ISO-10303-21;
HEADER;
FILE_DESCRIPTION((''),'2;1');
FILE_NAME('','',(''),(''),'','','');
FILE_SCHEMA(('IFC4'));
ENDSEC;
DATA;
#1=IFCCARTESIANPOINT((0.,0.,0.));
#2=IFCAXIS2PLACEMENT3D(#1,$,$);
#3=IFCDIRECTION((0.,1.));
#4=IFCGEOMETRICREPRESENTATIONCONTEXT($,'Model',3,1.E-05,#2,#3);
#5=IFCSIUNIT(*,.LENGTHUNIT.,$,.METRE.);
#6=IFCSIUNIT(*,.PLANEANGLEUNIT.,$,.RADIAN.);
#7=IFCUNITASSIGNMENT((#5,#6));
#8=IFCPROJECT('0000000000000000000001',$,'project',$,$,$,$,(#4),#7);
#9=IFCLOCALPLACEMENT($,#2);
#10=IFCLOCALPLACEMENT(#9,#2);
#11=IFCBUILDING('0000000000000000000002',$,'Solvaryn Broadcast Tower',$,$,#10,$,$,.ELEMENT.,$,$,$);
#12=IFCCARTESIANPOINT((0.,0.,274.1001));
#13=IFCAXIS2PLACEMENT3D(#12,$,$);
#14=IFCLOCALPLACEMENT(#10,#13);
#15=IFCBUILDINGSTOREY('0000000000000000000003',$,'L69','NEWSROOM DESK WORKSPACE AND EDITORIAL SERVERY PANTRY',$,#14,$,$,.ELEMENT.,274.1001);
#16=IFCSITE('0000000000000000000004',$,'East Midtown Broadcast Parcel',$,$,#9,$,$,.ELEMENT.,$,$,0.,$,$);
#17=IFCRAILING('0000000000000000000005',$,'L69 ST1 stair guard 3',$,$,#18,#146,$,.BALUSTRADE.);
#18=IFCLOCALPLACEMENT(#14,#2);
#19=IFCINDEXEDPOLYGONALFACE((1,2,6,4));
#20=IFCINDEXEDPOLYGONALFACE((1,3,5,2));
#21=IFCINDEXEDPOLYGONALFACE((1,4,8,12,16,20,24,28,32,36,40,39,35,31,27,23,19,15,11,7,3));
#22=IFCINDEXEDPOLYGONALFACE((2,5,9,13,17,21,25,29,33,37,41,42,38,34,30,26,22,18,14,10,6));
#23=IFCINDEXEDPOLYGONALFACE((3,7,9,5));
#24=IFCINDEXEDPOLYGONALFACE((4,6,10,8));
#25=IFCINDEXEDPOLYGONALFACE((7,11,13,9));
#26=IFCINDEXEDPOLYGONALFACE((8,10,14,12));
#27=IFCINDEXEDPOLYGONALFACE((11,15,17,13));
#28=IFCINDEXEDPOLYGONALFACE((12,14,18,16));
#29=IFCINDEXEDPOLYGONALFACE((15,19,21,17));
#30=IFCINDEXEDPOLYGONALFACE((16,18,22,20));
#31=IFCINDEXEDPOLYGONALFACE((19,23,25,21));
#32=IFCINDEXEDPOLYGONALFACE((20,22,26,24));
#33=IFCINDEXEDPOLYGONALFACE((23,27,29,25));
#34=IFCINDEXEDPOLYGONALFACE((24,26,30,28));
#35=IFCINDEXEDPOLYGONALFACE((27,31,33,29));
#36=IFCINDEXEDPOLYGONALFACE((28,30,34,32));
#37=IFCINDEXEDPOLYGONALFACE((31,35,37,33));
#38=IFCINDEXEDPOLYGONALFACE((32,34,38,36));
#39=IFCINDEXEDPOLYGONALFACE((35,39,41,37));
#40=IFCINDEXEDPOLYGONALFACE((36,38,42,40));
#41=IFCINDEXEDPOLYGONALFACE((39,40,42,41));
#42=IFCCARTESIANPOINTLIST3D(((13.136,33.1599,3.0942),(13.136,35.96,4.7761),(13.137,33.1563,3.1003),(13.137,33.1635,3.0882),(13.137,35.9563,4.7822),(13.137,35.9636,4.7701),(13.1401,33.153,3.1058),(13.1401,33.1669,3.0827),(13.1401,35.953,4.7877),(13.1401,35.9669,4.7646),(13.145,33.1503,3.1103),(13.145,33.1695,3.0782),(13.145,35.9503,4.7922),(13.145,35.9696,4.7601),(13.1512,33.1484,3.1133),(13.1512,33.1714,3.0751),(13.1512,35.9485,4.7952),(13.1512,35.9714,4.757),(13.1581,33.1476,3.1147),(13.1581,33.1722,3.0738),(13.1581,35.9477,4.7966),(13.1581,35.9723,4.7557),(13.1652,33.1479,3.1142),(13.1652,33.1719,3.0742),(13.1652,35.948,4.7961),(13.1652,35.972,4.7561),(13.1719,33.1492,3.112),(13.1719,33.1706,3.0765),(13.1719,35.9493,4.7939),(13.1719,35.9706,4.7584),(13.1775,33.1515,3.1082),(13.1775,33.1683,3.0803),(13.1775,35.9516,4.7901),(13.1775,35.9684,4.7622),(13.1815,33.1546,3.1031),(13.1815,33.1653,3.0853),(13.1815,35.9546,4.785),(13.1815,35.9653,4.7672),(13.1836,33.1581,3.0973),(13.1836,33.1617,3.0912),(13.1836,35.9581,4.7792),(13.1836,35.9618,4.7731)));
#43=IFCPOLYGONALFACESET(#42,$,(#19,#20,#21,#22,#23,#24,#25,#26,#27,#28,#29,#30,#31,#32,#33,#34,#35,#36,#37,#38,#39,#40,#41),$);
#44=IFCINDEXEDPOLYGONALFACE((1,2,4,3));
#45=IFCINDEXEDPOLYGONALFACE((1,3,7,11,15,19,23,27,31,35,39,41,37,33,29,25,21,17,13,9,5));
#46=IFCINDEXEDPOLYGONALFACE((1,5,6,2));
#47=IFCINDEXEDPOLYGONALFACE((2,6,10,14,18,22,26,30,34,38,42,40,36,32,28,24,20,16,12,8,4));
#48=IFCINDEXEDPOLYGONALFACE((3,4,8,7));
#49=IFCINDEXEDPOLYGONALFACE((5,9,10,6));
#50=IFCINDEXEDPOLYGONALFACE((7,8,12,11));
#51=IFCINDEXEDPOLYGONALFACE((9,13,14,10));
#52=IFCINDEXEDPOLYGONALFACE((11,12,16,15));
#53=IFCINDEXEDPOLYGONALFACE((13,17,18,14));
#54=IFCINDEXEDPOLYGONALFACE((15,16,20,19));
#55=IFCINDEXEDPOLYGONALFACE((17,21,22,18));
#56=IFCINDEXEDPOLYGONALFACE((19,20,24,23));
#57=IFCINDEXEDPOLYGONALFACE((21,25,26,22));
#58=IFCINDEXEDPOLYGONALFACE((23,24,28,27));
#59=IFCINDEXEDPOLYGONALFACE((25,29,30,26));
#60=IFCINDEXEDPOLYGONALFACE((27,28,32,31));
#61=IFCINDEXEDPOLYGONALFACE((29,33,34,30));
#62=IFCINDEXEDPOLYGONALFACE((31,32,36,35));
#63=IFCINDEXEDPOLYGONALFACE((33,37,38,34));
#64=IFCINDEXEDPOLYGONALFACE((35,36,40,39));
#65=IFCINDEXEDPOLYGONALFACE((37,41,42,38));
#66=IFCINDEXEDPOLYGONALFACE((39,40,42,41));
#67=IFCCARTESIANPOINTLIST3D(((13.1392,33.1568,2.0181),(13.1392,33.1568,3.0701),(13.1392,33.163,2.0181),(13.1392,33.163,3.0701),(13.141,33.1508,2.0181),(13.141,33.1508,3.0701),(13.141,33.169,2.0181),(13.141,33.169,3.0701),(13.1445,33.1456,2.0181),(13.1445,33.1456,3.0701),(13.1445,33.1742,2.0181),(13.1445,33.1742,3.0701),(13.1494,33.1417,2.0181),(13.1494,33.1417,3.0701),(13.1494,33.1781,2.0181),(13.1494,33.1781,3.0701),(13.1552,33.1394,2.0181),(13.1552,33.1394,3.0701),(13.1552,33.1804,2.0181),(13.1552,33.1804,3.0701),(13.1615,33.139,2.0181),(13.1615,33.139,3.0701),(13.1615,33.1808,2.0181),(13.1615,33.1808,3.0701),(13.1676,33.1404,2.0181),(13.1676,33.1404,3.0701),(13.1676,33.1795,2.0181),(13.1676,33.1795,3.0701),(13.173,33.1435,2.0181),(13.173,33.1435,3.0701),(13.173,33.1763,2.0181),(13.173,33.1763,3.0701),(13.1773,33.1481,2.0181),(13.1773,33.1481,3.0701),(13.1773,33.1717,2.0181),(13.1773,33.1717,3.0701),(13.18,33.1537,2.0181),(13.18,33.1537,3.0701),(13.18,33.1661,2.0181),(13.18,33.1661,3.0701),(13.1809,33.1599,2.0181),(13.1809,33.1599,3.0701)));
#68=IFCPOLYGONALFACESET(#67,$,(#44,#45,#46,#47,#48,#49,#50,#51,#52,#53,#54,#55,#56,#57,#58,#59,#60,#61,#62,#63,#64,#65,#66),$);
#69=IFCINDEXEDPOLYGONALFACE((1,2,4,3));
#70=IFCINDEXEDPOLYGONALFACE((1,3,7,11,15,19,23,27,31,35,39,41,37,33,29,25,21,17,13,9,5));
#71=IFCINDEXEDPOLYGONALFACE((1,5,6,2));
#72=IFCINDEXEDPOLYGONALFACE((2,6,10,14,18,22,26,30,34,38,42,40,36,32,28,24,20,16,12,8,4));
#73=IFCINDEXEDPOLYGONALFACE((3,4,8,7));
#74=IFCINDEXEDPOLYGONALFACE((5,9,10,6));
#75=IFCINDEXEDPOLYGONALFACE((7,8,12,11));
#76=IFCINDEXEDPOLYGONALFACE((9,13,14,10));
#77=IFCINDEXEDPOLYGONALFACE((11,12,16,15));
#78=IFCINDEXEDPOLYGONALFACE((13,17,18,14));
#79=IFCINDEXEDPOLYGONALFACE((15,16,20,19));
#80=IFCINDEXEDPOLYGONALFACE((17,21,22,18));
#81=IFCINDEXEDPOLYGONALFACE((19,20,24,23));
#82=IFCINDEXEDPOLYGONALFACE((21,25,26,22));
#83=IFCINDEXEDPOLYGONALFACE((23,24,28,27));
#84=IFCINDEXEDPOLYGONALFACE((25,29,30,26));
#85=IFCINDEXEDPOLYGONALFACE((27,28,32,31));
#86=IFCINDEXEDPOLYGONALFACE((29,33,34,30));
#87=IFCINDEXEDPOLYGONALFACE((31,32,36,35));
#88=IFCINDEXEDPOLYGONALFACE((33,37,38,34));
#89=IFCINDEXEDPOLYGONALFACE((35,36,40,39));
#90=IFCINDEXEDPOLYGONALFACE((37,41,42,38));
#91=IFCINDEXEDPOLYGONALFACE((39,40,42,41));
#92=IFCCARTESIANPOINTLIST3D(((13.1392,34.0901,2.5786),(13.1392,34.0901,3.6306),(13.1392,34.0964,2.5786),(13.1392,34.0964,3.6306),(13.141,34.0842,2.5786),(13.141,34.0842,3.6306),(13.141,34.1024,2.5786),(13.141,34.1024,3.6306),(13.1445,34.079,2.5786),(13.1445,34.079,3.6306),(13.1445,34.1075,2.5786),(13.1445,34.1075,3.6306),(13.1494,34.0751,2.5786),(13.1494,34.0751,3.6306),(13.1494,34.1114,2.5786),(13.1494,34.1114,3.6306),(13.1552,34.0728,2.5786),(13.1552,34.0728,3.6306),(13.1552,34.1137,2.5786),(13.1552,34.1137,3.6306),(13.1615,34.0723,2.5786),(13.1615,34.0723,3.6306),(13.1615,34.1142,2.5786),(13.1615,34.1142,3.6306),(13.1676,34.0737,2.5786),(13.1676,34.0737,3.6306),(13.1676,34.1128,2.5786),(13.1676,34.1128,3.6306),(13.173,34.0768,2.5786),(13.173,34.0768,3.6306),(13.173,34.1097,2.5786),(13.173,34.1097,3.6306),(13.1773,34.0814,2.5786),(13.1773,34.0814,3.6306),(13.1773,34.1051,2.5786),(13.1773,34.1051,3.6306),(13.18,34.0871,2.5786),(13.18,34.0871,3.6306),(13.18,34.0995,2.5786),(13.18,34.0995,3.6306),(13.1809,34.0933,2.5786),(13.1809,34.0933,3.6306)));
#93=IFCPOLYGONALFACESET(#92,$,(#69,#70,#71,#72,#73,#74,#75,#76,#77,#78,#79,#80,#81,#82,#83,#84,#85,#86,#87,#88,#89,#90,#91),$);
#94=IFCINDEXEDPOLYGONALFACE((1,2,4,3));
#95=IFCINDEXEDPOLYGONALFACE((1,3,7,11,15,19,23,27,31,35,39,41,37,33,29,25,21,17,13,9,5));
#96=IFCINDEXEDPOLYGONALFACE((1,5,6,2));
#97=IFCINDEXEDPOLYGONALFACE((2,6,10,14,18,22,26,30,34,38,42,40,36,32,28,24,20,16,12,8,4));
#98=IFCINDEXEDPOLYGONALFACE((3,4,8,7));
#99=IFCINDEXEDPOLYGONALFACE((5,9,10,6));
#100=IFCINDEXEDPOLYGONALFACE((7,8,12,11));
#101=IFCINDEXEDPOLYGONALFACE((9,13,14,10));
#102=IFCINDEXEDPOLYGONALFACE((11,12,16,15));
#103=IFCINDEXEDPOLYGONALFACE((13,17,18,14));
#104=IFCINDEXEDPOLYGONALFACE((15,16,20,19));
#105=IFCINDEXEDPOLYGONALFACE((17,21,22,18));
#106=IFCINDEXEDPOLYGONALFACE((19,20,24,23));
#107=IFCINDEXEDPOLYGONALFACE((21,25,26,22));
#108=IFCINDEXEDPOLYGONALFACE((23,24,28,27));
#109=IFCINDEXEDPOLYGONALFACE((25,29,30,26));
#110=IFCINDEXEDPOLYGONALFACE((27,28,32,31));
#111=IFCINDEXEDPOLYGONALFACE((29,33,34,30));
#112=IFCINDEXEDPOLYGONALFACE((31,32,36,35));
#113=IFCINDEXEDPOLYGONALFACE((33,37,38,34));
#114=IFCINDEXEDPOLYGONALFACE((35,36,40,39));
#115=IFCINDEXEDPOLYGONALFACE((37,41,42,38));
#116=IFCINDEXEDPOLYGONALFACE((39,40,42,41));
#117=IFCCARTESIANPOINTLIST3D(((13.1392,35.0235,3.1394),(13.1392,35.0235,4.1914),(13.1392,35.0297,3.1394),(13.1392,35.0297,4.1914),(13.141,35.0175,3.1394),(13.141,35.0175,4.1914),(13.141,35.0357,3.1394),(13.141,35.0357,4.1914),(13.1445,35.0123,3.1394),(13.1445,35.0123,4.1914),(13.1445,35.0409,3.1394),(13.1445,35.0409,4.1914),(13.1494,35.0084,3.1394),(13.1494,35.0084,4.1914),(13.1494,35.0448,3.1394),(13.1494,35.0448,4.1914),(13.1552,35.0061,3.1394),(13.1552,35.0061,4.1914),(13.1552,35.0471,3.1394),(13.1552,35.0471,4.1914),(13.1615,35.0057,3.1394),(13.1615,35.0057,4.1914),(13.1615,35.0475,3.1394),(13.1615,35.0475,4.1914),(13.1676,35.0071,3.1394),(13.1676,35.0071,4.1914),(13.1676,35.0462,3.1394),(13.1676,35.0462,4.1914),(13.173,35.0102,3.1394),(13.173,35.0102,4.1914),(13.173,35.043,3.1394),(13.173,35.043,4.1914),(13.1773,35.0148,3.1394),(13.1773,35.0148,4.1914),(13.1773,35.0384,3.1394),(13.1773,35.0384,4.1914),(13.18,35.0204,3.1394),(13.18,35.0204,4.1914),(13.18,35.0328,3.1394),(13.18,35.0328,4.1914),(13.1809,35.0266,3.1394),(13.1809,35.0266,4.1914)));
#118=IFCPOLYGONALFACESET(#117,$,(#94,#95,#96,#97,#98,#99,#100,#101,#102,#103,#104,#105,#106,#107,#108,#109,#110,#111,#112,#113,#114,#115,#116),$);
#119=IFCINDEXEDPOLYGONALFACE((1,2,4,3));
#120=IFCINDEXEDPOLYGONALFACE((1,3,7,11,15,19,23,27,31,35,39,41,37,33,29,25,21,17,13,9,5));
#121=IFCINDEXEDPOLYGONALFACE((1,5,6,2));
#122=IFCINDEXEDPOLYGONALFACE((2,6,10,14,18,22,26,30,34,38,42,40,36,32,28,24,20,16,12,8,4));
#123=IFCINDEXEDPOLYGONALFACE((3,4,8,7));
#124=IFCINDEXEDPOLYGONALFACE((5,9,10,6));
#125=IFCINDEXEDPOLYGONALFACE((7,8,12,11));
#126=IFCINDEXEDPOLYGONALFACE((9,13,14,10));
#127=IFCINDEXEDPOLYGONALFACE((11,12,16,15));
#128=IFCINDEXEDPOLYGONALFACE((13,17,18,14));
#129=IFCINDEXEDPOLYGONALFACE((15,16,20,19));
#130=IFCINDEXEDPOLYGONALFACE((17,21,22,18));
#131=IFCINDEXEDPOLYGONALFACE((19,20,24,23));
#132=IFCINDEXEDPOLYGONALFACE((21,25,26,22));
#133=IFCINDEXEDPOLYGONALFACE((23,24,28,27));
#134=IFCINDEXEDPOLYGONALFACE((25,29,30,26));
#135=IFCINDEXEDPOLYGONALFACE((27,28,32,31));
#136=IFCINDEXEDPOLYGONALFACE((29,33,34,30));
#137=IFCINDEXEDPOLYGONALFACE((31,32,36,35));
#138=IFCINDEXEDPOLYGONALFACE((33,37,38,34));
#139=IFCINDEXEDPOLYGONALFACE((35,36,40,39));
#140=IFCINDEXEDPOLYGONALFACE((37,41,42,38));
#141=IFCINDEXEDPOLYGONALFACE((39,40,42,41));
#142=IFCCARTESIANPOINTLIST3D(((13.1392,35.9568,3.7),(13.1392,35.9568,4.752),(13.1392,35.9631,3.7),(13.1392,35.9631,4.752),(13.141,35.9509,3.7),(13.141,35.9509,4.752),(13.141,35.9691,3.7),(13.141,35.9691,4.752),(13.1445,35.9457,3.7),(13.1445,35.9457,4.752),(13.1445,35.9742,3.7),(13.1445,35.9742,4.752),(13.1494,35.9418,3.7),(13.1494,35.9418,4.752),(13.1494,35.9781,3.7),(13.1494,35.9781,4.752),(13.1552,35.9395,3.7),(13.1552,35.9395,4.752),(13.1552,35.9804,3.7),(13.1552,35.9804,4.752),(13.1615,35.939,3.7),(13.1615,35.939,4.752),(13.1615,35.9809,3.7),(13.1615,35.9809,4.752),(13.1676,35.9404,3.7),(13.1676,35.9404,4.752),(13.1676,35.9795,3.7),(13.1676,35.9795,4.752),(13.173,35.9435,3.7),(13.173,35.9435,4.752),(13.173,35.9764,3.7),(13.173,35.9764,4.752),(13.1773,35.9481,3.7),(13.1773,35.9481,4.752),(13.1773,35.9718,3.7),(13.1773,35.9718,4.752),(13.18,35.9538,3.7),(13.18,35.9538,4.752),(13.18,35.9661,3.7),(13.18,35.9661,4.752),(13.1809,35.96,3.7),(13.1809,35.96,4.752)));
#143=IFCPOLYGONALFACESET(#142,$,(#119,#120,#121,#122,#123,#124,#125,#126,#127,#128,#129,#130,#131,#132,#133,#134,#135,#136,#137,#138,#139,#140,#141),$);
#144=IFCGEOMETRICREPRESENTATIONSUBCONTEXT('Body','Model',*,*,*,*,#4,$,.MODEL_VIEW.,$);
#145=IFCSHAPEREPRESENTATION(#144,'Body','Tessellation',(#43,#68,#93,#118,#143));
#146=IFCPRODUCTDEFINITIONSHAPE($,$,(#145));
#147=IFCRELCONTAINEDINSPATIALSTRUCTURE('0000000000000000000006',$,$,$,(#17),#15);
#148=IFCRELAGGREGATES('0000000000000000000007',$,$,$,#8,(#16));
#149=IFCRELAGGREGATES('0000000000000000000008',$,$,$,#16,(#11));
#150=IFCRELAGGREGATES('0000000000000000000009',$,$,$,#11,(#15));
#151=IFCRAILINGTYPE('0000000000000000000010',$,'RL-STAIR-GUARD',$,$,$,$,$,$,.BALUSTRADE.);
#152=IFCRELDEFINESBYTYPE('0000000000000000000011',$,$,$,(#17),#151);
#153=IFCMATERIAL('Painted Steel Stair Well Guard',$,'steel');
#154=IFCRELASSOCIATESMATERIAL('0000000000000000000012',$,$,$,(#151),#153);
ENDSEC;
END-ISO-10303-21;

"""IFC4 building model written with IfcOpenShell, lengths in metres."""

from ifc_helpers import new_model, si_unit, direction, frame, origin, origin_2d, place, context, subcontext, project, spatial, circle, extrude, material, type_object, element, save


model = new_model("IFC4")

# Units and contexts
model_context = context("Model", 3, precision=1e-05, world=origin(), true_north=direction((0.0, 1.0)))
body_context = subcontext(model_context, "Body", "Model", "MODEL_VIEW")
ifc_project = project(units=[si_unit("LENGTHUNIT", "METRE"), si_unit("PLANEANGLEUNIT", "RADIAN")], contexts=[model_context])

# Site, building, storey
site_placement = place(None, origin())
site = spatial("IfcSite", under=ifc_project, at=site_placement, Name="East Midtown Broadcast Parcel", CompositionType="ELEMENT", RefElevation=0.0)
building_placement = place(site_placement, origin())
building = spatial("IfcBuilding", under=site, at=building_placement, Name="Solvaryn Broadcast Tower", CompositionType="ELEMENT")
storey_placement = place(building_placement, frame((0.0, 0.0, 274.1001)))
storey = spatial("IfcBuildingStorey", under=building, at=storey_placement, Name="L69", Description="NEWSROOM DESK WORKSPACE AND EDITORIAL SERVERY PANTRY", CompositionType="ELEMENT", Elevation=274.1001)

# Railing
ifc_material_1 = material(Name="Painted Steel Stair Well Guard", Category="steel")
railing_type_1 = type_object("IfcRailingType", Name="RL-STAIR-GUARD", PredefinedType="BALUSTRADE", material=ifc_material_1)
railing_1_placement = place(storey_placement, frame((13.1599, 33.1599, 2.0181)))
element("IfcRailing", 1, at=railing_1_placement, inside=storey, type_object=railing_type_1, Name="L69 ST1 stair guard 3", PredefinedType="BALUSTRADE", context=body_context, shape_type="SweptSolid", body=[
    extrude(circle(Radius=0.0239, at=origin_2d()), frame((0.0, 0.0, 1.0762), z_axis=(0.0, 0.857242, 0.514913), x_axis=(-1.0, 0.0, 0.0)), (0.0, 0.0, 1.0), 3.2664),
    extrude(circle(Radius=0.021, at=origin_2d()), origin(), (0.0, 0.0, 1.0), 1.052),
    extrude(circle(Radius=0.021, at=origin_2d()), frame((0.0, 0.9333, 0.5605)), (0.0, 0.0, 1.0), 1.052),
    extrude(circle(Radius=0.021, at=origin_2d()), frame((0.0, 1.8667, 1.1213)), (0.0, 0.0, 1.0), 1.052),
    extrude(circle(Radius=0.021, at=origin_2d()), frame((0.0, 2.8, 1.6819)), (0.0, 0.0, 1.0), 1.052),
])

save(model, "model.ifc")
